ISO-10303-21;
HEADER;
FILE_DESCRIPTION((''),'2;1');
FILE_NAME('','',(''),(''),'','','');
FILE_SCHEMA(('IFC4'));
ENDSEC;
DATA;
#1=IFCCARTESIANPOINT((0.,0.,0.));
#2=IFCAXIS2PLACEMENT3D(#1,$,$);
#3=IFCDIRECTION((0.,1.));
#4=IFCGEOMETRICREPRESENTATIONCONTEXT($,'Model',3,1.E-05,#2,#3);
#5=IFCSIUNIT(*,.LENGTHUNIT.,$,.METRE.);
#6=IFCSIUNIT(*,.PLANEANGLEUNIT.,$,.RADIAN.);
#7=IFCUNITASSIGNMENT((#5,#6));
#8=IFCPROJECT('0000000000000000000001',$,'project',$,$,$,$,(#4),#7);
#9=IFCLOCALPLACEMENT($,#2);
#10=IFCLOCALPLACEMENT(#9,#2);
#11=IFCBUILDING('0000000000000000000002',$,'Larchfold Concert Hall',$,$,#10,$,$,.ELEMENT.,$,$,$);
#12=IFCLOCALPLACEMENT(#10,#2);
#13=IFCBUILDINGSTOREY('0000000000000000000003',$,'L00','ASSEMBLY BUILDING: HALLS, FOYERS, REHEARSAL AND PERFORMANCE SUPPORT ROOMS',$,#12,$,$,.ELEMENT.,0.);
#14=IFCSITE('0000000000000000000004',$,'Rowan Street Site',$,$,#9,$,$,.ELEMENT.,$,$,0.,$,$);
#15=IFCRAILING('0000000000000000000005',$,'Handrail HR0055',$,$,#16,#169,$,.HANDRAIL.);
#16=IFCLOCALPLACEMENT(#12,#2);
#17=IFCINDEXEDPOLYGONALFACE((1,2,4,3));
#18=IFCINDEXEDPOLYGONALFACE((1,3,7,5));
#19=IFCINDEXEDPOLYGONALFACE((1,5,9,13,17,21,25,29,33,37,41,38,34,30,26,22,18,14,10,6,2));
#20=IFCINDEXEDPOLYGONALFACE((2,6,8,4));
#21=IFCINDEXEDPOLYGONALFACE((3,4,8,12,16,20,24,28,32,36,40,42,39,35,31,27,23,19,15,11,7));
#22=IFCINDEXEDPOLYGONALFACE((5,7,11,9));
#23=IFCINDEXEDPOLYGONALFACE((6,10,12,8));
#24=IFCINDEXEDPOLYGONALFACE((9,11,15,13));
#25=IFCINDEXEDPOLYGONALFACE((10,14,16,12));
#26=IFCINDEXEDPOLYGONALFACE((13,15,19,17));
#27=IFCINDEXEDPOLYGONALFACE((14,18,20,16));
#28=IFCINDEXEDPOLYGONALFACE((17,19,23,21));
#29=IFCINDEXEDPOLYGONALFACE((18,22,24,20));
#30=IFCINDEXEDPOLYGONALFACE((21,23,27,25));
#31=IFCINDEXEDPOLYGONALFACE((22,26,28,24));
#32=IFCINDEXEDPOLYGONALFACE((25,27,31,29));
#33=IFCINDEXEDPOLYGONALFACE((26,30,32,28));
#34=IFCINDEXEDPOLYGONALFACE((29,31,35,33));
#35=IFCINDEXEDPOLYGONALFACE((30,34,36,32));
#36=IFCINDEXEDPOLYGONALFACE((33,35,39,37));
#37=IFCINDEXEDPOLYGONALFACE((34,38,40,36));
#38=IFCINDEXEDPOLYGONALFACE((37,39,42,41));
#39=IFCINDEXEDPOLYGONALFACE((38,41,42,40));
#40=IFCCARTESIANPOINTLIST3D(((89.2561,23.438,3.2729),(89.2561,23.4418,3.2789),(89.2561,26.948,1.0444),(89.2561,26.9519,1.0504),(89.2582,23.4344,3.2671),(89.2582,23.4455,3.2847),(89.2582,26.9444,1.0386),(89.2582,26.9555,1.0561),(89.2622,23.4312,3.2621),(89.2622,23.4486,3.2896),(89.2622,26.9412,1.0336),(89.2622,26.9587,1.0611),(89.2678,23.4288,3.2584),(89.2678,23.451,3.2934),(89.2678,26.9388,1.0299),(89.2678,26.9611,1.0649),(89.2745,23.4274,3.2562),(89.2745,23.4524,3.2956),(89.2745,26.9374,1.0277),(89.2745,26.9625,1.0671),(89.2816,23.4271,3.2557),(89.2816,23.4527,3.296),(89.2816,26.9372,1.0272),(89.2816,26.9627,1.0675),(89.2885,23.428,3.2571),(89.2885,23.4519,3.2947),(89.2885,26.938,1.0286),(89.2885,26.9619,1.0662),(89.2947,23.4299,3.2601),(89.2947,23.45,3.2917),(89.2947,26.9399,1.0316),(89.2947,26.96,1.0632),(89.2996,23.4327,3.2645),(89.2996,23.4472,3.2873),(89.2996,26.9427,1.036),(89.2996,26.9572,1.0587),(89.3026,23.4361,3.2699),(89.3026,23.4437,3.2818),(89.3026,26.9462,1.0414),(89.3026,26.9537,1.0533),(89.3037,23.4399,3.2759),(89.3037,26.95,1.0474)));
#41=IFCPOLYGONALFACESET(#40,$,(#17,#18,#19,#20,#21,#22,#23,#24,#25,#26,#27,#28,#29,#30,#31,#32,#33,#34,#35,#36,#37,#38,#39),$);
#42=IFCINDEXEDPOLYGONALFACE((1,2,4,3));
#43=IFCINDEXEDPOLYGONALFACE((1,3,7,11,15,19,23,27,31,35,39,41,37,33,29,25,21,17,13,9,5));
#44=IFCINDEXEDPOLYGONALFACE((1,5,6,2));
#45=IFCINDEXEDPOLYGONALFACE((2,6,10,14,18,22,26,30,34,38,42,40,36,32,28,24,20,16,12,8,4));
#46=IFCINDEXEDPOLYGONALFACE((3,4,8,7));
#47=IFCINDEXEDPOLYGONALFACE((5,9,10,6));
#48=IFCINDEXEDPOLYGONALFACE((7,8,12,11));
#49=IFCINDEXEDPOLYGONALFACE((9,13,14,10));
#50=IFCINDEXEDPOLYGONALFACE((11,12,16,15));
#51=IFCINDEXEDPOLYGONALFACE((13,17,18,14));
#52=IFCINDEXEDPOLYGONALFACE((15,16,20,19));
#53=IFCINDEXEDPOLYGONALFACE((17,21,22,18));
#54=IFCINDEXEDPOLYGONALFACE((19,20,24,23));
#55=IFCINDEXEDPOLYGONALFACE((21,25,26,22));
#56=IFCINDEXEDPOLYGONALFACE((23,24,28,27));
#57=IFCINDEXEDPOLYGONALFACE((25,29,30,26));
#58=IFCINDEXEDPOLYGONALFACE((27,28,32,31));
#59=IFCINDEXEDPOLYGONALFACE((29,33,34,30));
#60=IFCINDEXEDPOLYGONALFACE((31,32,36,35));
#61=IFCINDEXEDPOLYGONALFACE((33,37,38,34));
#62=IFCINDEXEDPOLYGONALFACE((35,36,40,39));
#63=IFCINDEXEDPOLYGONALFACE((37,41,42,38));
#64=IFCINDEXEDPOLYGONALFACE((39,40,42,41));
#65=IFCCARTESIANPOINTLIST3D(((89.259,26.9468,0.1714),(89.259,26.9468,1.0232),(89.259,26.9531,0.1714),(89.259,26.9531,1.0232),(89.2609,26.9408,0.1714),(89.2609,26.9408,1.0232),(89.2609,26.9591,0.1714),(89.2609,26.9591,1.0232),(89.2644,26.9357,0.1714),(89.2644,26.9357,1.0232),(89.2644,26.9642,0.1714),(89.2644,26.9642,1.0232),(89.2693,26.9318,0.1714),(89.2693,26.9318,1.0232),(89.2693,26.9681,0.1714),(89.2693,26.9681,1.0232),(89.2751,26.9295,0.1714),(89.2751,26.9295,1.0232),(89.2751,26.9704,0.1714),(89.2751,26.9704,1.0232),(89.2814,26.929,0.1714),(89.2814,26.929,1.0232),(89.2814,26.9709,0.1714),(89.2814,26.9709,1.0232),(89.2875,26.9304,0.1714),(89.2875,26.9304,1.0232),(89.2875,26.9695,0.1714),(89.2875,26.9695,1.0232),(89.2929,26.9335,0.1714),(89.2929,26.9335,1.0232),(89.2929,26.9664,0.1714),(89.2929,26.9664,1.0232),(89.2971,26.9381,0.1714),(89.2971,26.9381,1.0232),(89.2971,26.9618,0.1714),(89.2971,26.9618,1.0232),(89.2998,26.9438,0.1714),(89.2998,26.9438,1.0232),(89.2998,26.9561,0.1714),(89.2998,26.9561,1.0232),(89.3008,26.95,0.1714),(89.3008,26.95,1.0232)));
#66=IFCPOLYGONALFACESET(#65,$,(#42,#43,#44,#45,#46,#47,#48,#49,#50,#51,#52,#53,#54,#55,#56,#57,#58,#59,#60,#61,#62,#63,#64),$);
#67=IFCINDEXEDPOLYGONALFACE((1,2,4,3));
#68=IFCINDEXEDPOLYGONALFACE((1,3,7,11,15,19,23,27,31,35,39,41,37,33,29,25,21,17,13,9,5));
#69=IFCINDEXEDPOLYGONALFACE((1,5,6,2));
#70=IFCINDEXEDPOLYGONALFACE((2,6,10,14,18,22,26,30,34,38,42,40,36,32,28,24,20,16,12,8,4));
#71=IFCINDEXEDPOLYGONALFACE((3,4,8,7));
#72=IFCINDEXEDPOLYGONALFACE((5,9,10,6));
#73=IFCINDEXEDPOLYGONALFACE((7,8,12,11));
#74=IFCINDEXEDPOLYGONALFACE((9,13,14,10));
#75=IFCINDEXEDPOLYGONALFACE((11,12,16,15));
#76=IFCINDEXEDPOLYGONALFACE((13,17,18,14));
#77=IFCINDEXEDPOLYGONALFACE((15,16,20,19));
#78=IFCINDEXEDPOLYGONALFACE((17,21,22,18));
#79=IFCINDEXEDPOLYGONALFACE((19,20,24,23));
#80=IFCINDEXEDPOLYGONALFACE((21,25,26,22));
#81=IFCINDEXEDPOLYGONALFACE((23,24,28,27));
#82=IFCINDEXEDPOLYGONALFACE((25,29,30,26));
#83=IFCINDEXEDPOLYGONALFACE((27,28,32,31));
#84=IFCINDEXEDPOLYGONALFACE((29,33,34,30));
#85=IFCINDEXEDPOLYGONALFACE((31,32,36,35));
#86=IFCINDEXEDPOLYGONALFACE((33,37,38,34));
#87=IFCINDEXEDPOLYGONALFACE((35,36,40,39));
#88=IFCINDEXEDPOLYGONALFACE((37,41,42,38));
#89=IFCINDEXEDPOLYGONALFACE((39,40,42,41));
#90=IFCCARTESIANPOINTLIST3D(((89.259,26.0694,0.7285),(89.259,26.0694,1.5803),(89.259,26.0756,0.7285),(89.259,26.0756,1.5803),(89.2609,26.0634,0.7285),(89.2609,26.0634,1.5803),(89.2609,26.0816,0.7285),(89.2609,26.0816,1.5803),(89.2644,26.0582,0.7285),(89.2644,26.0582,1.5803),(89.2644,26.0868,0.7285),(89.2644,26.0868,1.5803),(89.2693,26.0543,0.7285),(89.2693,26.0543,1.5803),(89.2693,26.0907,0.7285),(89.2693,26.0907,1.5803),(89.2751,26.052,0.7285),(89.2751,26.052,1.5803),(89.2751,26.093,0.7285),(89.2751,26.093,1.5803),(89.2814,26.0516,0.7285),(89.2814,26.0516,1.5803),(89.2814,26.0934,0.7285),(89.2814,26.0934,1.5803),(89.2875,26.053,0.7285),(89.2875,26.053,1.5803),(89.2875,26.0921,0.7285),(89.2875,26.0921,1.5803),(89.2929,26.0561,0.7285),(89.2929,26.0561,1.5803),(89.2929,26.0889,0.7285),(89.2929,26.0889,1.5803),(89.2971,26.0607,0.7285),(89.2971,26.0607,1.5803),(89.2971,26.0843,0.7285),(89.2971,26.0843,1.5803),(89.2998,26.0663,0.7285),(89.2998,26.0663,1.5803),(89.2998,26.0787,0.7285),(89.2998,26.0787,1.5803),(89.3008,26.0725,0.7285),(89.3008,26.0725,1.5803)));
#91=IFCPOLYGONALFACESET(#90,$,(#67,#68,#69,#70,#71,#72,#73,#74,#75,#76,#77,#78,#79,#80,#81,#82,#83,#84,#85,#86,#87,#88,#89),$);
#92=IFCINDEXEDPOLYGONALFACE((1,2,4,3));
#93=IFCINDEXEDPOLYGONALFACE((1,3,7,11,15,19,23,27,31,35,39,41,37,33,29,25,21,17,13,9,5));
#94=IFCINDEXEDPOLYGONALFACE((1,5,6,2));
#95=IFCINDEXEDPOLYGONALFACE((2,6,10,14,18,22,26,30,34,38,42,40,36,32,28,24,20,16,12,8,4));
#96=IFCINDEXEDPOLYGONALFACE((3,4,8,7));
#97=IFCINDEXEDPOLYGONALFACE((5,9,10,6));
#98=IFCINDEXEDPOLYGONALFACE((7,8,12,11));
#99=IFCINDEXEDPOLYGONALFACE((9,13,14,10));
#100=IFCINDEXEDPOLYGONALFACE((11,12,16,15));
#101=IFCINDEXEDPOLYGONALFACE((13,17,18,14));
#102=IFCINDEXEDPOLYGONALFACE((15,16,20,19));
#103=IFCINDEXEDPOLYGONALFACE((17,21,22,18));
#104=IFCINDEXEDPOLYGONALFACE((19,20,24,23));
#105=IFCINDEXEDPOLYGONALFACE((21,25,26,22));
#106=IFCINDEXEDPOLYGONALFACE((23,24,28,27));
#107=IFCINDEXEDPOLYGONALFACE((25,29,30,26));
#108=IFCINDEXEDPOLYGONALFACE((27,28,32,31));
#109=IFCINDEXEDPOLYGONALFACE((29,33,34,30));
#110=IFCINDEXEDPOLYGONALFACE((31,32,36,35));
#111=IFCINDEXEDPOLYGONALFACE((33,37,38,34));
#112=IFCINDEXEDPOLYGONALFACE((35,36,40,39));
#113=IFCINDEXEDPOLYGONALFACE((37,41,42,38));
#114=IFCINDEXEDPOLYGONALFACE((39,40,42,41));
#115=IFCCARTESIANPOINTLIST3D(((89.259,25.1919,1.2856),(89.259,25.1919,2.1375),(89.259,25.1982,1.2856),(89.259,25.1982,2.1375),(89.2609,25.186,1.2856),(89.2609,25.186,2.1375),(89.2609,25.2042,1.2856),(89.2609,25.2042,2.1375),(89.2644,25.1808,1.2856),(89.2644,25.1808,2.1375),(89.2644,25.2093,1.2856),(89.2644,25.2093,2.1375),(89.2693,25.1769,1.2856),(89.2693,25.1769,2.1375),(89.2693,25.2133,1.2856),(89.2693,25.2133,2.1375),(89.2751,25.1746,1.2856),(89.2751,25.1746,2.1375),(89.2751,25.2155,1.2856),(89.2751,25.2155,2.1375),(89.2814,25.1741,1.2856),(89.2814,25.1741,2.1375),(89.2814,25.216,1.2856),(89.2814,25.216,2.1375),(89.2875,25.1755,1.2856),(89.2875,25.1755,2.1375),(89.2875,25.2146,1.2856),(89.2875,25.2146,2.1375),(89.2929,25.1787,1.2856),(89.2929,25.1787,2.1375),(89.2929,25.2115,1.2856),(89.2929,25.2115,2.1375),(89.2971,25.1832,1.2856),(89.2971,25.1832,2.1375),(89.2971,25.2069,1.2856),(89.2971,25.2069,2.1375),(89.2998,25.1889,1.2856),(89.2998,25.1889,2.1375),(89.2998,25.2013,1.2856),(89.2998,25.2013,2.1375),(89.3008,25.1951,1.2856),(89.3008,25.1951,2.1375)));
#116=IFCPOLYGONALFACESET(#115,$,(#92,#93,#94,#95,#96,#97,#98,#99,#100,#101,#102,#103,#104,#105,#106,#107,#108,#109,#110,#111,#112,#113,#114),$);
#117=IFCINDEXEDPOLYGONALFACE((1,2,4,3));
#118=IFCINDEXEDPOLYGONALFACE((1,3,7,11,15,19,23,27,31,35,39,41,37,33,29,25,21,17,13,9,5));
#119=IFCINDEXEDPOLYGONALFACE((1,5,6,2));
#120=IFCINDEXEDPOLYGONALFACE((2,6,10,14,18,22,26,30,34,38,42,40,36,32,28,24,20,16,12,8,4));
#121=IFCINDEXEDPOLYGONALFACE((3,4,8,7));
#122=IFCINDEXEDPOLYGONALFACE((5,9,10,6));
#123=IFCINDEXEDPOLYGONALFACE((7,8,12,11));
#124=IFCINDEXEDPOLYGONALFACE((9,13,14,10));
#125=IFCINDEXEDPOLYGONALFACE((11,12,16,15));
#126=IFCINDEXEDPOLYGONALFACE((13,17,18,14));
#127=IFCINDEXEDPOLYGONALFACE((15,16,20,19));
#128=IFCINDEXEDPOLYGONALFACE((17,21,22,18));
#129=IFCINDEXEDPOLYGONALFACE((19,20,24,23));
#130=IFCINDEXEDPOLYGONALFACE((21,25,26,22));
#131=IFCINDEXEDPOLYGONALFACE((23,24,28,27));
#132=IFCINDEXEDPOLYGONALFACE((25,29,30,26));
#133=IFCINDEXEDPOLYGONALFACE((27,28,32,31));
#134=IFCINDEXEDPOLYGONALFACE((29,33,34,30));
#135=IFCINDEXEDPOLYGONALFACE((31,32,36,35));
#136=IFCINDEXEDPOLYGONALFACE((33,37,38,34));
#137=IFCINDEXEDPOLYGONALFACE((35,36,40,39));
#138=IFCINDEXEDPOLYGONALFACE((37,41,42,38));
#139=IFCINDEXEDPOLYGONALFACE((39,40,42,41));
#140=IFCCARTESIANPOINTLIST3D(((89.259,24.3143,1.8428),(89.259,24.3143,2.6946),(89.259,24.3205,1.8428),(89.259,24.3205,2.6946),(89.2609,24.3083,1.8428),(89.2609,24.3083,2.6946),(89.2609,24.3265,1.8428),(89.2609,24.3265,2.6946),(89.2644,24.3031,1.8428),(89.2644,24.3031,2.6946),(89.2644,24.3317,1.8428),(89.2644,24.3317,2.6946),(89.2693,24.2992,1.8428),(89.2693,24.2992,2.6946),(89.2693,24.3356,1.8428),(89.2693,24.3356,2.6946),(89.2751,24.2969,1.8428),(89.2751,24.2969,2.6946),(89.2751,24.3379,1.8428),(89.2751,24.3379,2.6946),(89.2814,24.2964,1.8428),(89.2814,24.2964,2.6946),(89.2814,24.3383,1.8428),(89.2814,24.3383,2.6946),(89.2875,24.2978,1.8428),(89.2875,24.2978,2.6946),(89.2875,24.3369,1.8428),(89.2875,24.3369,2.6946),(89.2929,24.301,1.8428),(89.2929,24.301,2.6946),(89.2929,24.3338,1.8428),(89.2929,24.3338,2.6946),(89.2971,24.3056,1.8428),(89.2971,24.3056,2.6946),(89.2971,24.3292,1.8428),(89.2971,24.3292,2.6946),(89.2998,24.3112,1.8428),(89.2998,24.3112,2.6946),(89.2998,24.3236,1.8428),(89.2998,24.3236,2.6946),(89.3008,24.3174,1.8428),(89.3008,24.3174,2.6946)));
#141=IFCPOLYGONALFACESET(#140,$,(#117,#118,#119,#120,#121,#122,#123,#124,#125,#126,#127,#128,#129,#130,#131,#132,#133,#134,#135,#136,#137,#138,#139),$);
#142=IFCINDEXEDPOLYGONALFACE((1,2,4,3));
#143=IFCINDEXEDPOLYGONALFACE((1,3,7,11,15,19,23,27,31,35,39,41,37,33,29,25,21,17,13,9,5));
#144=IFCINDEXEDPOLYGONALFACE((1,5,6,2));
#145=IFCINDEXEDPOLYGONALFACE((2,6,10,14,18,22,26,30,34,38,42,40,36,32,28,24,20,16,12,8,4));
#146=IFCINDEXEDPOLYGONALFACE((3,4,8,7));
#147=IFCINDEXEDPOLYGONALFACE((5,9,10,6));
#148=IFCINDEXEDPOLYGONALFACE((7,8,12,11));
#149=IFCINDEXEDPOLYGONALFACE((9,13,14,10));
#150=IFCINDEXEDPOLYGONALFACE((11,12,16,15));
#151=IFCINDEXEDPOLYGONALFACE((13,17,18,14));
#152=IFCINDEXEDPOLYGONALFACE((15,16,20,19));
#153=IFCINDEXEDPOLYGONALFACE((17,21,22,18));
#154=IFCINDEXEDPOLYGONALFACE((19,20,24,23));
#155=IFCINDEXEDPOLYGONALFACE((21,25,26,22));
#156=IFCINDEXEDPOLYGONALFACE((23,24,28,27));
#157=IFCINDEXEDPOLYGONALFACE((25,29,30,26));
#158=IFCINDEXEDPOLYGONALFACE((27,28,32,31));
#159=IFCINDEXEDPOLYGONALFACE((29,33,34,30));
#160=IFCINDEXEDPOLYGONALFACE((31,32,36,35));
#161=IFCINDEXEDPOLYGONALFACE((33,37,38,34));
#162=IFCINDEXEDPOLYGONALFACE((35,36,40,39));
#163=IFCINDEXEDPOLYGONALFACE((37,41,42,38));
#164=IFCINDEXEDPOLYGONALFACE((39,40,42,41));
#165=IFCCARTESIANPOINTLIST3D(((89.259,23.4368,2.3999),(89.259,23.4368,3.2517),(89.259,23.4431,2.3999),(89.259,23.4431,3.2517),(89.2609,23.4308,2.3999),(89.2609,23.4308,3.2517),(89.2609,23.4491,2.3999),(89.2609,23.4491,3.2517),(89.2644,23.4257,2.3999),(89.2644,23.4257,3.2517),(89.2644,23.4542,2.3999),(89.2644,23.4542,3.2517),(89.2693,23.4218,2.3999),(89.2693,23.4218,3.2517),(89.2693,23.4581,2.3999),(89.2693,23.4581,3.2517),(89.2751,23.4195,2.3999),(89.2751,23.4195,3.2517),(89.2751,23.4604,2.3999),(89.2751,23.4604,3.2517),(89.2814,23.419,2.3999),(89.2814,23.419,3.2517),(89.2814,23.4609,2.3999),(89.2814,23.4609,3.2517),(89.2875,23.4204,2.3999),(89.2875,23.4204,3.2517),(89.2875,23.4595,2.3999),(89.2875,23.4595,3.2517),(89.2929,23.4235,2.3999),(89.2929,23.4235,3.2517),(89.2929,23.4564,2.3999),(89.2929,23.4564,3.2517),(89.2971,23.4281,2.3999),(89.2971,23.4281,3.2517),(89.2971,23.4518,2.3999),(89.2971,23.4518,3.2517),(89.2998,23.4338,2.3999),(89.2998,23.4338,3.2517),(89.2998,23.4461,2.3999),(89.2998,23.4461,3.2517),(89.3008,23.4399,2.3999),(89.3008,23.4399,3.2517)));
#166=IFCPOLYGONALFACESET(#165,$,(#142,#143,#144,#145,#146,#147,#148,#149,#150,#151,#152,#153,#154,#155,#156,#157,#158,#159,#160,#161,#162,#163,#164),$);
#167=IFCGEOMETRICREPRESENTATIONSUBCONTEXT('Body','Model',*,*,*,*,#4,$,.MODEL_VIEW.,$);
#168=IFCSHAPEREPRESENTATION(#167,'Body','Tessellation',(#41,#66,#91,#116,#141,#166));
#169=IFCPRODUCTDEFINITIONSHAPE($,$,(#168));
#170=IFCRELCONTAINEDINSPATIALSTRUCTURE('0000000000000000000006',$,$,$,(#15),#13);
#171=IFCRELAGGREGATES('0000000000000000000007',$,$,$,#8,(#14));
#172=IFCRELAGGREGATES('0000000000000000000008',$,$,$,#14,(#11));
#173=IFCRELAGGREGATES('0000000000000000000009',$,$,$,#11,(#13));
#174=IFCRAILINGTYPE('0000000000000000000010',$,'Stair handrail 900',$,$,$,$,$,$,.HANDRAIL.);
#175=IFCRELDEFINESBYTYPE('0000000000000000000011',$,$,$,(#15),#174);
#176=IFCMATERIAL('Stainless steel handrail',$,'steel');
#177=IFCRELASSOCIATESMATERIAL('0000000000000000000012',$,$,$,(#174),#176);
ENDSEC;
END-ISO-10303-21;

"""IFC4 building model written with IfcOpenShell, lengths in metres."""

from ifc_helpers import new_model, si_unit, direction, frame, origin, origin_2d, place, context, subcontext, project, spatial, circle, extrude, material, type_object, element, save


model = new_model("IFC4")

# Units and contexts
model_context = context("Model", 3, precision=1e-05, world=origin(), true_north=direction((0.0, 1.0)))
body_context = subcontext(model_context, "Body", "Model", "MODEL_VIEW")
ifc_project = project(units=[si_unit("LENGTHUNIT", "METRE"), si_unit("PLANEANGLEUNIT", "RADIAN")], contexts=[model_context])

# Site, building, storey
site_placement = place(None, origin())
site = spatial("IfcSite", under=ifc_project, at=site_placement, Name="Rowan Street Site", CompositionType="ELEMENT", RefElevation=0.0)
building_placement = place(site_placement, origin())
building = spatial("IfcBuilding", under=site, at=building_placement, Name="Larchfold Concert Hall", CompositionType="ELEMENT")
storey_placement = place(building_placement, origin())
storey = spatial("IfcBuildingStorey", under=building, at=storey_placement, Name="L00", Description="ASSEMBLY BUILDING: HALLS, FOYERS, REHEARSAL AND PERFORMANCE SUPPORT ROOMS", CompositionType="ELEMENT", Elevation=0.0)

# Railing
ifc_material_1 = material(Name="Stainless steel handrail", Category="steel")
railing_type_1 = type_object("IfcRailingType", Name="Stair handrail 900", PredefinedType="HANDRAIL", material=ifc_material_1)
railing_1_placement = place(storey_placement, frame((89.2798, 26.95, 0.1714)))
element("IfcRailing", 1, at=railing_1_placement, inside=storey, type_object=railing_type_1, Name="Handrail HR0055", PredefinedType="HANDRAIL", context=body_context, shape_type="SweptSolid", body=[
    extrude(circle(Radius=0.0239, at=origin_2d()), frame((0.0, 0.0, 0.876), z_axis=(0.0, -0.84422, 0.535998), x_axis=(1.0, 0.0, 0.0)), (0.0, 0.0, 1.0), 4.1577),
    extrude(circle(Radius=0.021, at=origin_2d()), origin(), (0.0, 0.0, 1.0), 0.8518),
    extrude(circle(Radius=0.021, at=origin_2d()), frame((0.0, -0.8774, 0.5571)), (0.0, 0.0, 1.0), 0.8518),
    extrude(circle(Radius=0.021, at=origin_2d()), frame((0.0, -1.7549, 1.1143)), (0.0, 0.0, 1.0), 0.8518),
    extrude(circle(Radius=0.021, at=origin_2d()), frame((0.0, -2.6326, 1.6714)), (0.0, 0.0, 1.0), 0.8518),
    extrude(circle(Radius=0.021, at=origin_2d()), frame((0.0, -3.51, 2.2285)), (0.0, 0.0, 1.0), 0.8518),
])

save(model, "model.ifc")
